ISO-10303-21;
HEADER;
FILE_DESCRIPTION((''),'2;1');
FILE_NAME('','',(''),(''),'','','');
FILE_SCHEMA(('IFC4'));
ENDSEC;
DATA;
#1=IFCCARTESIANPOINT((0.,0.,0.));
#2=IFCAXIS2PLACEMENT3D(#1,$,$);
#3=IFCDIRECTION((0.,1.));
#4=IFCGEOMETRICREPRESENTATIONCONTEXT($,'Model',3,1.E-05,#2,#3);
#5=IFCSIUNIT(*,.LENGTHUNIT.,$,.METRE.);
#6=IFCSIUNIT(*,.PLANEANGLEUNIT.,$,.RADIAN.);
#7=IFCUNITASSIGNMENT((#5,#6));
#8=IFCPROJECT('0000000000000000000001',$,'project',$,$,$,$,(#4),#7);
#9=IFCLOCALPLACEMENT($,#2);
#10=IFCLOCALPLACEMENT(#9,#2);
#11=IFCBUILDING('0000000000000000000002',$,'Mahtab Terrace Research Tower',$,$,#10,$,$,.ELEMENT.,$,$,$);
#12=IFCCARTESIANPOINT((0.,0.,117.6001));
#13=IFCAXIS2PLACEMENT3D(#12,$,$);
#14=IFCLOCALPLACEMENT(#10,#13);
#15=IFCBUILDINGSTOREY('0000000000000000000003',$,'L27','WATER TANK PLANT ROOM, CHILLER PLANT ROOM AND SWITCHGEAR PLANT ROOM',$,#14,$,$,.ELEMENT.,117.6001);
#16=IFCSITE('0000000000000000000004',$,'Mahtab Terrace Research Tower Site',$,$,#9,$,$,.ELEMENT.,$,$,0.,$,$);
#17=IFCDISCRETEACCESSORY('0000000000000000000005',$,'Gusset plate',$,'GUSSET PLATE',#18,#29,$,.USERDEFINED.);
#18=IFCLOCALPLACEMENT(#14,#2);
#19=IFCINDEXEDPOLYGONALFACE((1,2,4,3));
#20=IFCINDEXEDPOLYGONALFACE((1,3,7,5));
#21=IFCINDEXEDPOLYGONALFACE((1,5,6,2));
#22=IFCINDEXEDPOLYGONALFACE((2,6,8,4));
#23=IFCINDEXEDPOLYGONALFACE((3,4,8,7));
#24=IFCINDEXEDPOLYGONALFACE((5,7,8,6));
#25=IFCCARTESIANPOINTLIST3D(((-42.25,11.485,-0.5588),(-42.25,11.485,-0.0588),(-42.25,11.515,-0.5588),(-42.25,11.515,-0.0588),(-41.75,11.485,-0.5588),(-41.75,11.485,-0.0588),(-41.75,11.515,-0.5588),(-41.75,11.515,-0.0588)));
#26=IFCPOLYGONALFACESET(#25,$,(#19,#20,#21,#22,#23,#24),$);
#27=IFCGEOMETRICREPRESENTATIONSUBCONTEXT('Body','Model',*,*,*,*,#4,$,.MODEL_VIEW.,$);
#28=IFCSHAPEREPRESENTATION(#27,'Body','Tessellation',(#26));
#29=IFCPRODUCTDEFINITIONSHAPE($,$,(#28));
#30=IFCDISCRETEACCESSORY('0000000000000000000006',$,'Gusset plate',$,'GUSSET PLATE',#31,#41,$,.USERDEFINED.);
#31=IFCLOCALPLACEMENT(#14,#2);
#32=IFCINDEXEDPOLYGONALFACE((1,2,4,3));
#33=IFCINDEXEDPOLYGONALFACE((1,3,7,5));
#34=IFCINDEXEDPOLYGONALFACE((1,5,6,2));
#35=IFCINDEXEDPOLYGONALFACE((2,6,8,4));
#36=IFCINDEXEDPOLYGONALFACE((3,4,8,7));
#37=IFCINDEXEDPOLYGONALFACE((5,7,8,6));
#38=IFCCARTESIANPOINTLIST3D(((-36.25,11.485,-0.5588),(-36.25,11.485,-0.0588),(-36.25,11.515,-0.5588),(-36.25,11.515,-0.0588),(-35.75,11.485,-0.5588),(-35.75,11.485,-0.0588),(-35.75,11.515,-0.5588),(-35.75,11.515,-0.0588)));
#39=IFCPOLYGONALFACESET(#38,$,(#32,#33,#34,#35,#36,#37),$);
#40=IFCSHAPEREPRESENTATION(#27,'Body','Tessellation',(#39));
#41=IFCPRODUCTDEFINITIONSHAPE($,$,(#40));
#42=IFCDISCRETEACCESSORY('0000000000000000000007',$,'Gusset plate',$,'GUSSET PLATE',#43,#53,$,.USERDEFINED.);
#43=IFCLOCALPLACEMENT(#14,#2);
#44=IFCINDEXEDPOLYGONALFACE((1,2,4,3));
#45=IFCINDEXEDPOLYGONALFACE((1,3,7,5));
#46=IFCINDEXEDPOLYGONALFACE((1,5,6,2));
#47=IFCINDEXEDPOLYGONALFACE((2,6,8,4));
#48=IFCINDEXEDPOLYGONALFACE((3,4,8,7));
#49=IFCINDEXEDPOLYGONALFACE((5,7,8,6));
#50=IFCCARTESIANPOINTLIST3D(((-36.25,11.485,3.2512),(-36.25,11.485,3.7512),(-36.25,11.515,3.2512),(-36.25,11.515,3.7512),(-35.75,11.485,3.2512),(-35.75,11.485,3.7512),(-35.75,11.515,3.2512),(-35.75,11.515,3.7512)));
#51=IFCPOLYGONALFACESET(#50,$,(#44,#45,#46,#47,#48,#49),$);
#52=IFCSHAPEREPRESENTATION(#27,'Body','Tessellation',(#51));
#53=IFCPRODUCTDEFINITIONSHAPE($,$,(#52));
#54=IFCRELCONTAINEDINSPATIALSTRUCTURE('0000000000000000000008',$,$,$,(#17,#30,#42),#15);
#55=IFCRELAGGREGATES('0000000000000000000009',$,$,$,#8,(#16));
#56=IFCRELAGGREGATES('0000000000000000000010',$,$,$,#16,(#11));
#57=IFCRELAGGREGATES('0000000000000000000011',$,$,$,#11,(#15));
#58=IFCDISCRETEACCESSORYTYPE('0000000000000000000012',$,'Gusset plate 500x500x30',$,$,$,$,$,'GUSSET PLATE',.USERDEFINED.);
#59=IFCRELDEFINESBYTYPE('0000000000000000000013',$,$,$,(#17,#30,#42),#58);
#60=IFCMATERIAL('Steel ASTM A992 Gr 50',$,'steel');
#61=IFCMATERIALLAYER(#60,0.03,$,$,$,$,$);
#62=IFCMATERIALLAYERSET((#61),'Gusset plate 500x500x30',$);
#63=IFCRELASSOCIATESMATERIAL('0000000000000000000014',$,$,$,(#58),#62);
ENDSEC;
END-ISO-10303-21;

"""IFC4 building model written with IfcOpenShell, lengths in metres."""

from ifc_helpers import new_model, si_unit, direction, frame, origin, origin_2d, place, context, subcontext, project, spatial, rectangle, extrude, material, layer, layer_set, type_object, element, save


model = new_model("IFC4")

# Units and contexts
model_context = context("Model", 3, precision=1e-05, world=origin(), true_north=direction((0.0, 1.0)))
body_context = subcontext(model_context, "Body", "Model", "MODEL_VIEW")
ifc_project = project(units=[si_unit("LENGTHUNIT", "METRE"), si_unit("PLANEANGLEUNIT", "RADIAN")], contexts=[model_context])

# Site, building, storey
site_placement = place(None, origin())
site = spatial("IfcSite", under=ifc_project, at=site_placement, Name="Mahtab Terrace Research Tower Site", CompositionType="ELEMENT", RefElevation=0.0)
building_placement = place(site_placement, origin())
building = spatial("IfcBuilding", under=site, at=building_placement, Name="Mahtab Terrace Research Tower", CompositionType="ELEMENT")
storey_placement = place(building_placement, frame((0.0, 0.0, 117.6001)))
storey = spatial("IfcBuildingStorey", under=building, at=storey_placement, Name="L27", Description="WATER TANK PLANT ROOM, CHILLER PLANT ROOM AND SWITCHGEAR PLANT ROOM", CompositionType="ELEMENT", Elevation=117.6001)

# Shared definitions
ifc_material_1 = material(Name="Steel ASTM A992 Gr 50", Category="steel")

# Discrete accessories
ifc_layer_1 = layer(ifc_material_1, 0.03)
ifc_layer_set_1 = layer_set([ifc_layer_1], Name="Gusset plate 500x500x30")
discrete_accessory_type = type_object("IfcDiscreteAccessoryType", Name="Gusset plate 500x500x30", ElementType="GUSSET PLATE", PredefinedType="USERDEFINED", material=ifc_layer_set_1)
for number, where, z_axis, x_axis, name in (
    (1, (-42.0, 11.5, -0.5588), (0.0, 0.0, 1.0), (1.0, 0.0, 0.0), "Gusset plate"),
    (2, (-36.0, 11.5, -0.5588), (0.0, 0.0, 1.0), (1.0, 0.0, 0.0), "Gusset plate"),
    (3, (-36.0, 11.5, 3.2512), (0.0, 0.0, 1.0), (1.0, 0.0, 0.0), "Gusset plate"),
):
    element("IfcDiscreteAccessory", number, at=place(storey_placement, frame(where, z_axis=z_axis, x_axis=x_axis)), inside=storey, type_object=discrete_accessory_type, Name=name, ObjectType="GUSSET PLATE", PredefinedType="USERDEFINED", context=body_context, shape_type="SweptSolid", body=[
        extrude(rectangle(XDim=0.5, YDim=0.03, at=origin_2d()), origin(), (0.0, 0.0, 1.0), 0.5),
    ])

save(model, "model.ifc")
